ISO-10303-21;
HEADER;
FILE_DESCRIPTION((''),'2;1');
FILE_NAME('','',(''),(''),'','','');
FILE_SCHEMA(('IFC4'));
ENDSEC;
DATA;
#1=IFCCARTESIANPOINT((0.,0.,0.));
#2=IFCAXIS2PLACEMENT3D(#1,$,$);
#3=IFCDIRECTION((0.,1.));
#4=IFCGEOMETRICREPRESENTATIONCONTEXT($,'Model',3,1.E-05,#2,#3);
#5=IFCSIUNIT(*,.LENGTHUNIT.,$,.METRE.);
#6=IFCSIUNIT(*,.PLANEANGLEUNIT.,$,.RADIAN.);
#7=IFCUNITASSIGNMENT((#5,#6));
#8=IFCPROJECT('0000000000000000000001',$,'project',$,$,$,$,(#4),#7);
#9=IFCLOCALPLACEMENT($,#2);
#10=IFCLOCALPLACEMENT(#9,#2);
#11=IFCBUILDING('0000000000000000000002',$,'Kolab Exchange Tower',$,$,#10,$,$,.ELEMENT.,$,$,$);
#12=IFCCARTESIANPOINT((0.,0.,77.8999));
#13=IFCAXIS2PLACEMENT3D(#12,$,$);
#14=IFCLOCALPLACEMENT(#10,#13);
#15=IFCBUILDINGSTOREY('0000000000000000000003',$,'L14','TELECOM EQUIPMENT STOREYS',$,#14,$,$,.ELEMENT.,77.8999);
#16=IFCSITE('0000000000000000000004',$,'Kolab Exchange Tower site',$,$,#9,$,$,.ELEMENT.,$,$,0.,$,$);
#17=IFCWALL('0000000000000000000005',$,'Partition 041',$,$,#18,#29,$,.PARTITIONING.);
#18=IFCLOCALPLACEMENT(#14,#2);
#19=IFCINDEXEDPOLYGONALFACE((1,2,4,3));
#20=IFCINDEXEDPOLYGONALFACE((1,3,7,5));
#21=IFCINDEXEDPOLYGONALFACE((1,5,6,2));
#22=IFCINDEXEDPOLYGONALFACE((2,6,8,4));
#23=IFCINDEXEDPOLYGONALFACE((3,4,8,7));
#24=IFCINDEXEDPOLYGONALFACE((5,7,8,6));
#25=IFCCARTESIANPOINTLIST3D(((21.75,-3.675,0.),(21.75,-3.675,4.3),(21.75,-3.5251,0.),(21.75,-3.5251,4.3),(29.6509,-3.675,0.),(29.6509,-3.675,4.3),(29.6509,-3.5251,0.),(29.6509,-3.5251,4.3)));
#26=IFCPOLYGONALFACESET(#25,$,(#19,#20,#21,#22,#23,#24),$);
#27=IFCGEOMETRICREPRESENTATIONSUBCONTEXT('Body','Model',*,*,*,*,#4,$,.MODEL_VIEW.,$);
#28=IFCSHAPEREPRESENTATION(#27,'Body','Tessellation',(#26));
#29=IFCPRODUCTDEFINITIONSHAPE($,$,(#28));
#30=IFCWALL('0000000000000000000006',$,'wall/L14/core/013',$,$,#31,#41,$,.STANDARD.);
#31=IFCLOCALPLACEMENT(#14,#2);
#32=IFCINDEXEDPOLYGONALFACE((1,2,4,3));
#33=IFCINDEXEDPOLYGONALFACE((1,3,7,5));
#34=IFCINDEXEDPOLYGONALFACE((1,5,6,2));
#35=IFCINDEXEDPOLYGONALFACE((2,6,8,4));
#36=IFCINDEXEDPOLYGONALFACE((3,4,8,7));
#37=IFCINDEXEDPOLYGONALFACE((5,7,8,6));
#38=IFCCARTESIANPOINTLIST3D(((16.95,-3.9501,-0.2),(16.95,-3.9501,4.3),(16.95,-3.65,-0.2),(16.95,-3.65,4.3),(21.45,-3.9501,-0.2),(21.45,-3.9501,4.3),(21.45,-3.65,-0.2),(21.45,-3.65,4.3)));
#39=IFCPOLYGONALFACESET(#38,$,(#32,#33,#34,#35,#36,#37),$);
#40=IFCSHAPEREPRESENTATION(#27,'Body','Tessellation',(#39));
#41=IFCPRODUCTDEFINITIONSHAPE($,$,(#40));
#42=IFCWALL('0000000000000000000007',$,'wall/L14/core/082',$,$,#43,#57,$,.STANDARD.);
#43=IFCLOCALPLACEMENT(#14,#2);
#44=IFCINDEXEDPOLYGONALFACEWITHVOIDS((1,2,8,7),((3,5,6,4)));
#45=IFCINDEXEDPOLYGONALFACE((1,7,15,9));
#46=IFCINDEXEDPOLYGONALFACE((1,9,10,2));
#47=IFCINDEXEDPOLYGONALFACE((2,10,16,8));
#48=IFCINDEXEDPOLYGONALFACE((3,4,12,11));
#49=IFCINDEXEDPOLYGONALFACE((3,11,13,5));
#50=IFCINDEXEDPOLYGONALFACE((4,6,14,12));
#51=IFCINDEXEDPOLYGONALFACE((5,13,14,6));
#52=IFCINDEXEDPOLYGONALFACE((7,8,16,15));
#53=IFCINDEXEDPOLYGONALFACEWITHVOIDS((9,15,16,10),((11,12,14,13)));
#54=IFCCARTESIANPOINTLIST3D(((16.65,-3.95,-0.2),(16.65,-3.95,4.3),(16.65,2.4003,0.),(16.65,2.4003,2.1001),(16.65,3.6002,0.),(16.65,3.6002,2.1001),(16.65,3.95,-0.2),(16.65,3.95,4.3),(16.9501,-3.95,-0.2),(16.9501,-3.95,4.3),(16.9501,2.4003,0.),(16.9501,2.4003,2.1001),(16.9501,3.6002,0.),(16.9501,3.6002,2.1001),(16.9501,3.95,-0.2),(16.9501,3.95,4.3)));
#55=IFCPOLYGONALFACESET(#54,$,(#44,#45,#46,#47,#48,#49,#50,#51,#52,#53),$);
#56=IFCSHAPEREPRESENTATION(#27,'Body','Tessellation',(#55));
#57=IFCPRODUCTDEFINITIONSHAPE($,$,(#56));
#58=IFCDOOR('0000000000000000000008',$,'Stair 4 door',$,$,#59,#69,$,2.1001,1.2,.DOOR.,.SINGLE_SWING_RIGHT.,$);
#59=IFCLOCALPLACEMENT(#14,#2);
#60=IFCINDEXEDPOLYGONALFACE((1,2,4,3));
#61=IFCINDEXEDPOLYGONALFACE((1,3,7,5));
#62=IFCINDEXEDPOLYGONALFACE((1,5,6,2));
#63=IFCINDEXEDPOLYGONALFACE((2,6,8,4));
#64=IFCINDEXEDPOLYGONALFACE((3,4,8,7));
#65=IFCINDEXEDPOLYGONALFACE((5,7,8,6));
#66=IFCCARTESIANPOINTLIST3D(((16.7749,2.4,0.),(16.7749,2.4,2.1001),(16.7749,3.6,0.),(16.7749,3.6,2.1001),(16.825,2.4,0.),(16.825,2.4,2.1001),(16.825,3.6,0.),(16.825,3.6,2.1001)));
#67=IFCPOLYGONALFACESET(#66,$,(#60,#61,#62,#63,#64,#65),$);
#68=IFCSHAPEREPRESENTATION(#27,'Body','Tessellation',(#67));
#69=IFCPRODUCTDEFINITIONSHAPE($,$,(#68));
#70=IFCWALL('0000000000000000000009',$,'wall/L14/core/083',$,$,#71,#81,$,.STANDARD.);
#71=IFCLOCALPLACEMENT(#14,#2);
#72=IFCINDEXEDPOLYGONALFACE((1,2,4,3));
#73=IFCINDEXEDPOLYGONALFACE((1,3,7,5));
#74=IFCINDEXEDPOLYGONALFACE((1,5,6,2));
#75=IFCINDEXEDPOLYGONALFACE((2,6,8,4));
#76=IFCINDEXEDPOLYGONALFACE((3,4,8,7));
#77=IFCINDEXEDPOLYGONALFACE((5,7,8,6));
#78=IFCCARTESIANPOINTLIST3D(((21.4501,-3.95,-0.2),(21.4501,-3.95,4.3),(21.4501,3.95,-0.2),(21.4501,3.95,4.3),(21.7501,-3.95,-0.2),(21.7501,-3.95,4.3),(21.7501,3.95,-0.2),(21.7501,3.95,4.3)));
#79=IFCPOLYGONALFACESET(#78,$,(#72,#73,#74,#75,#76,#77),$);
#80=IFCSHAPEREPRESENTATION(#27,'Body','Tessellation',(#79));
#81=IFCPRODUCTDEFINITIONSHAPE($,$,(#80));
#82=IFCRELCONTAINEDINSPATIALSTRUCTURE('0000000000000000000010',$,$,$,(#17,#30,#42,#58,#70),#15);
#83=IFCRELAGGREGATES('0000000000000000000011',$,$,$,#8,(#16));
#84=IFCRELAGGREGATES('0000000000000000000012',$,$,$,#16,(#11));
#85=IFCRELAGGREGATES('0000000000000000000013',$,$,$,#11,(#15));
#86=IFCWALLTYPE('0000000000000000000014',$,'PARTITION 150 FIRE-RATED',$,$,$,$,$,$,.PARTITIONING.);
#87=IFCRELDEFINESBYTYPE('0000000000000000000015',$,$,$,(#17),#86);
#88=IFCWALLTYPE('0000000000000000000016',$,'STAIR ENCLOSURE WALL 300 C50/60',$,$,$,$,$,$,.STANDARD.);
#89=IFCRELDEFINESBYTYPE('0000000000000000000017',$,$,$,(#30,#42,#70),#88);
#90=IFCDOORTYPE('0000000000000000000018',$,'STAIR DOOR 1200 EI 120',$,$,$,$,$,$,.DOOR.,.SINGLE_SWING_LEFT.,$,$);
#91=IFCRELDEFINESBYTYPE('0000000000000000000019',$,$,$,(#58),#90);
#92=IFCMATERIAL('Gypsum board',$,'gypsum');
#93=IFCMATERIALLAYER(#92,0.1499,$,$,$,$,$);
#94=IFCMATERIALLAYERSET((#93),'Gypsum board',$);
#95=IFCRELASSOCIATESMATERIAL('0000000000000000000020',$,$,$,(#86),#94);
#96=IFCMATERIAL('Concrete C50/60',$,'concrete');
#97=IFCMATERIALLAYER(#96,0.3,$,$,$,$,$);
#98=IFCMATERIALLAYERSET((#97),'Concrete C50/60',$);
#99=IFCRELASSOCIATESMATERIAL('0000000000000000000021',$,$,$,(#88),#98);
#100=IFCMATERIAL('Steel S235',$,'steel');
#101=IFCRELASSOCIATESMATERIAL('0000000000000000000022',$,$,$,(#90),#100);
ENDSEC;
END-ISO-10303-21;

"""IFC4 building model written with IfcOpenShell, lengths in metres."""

from ifc_helpers import new_model, si_unit, direction, frame, frame_2d, origin, place, context, subcontext, project, spatial, rectangle, extrude, material, layer, layer_set, type_object, element, fill, save


model = new_model("IFC4")

# Units and contexts
model_context = context("Model", 3, precision=1e-05, world=origin(), true_north=direction((0.0, 1.0)))
body_context = subcontext(model_context, "Body", "Model", "MODEL_VIEW")
ifc_project = project(units=[si_unit("LENGTHUNIT", "METRE"), si_unit("PLANEANGLEUNIT", "RADIAN")], contexts=[model_context])

# Site, building, storey
site_placement = place(None, origin())
site = spatial("IfcSite", under=ifc_project, at=site_placement, Name="Kolab Exchange Tower site", CompositionType="ELEMENT", RefElevation=0.0)
building_placement = place(site_placement, origin())
building = spatial("IfcBuilding", under=site, at=building_placement, Name="Kolab Exchange Tower", CompositionType="ELEMENT")
storey_placement = place(building_placement, frame((0.0, 0.0, 77.8999)))
storey = spatial("IfcBuildingStorey", under=building, at=storey_placement, Name="L14", Description="TELECOM EQUIPMENT STOREYS", CompositionType="ELEMENT", Elevation=77.8999)

# Shared definitions
ifc_material_1 = material(Name="Gypsum board", Category="gypsum")

# Shared definitions
ifc_layer_1 = layer(ifc_material_1, 0.1499)
ifc_layer_set_1 = layer_set([ifc_layer_1], Name="Gypsum board")
wall_type_1 = type_object("IfcWallType", Name="PARTITION 150 FIRE-RATED", PredefinedType="PARTITIONING", material=ifc_layer_set_1)
ifc_material_2 = material(Name="Steel S235", Category="steel")

# Walls
wall_1_placement = place(storey_placement, frame((21.75, -3.6001, 0.0), z_axis=(0.0, 0.0, 1.0), x_axis=(1.0, 0.0, 0.0)))
element("IfcWall", 1, at=wall_1_placement, inside=storey, type_object=wall_type_1, Name="Partition 041", PredefinedType="PARTITIONING", context=body_context, shape_type="SweptSolid", body=[
    extrude(rectangle(XDim=7.9009, YDim=0.1499, at=frame_2d((3.9504, 0.0))), origin(), (0.0, 0.0, 1.0), 4.3),
])
ifc_material_3 = material(Name="Concrete C50/60", Category="concrete")
ifc_layer_2 = layer(ifc_material_3, 0.3)
ifc_layer_set_2 = layer_set([ifc_layer_2], Name="Concrete C50/60")
wall_type_2 = type_object("IfcWallType", Name="STAIR ENCLOSURE WALL 300 C50/60", PredefinedType="STANDARD", material=ifc_layer_set_2)
wall_2_placement = place(storey_placement, frame((16.95, -3.8, -0.2), z_axis=(0.0, 0.0, 1.0), x_axis=(1.0, 0.0, 0.0)))
element("IfcWall", 2, at=wall_2_placement, inside=storey, type_object=wall_type_2, Name="wall/L14/core/013", PredefinedType="STANDARD", context=body_context, shape_type="SweptSolid", body=[
    extrude(rectangle(XDim=4.5, YDim=0.3, at=frame_2d((2.25, 0.0))), origin(), (0.0, 0.0, 1.0), 4.5),
])

# Wall, opening, door
wall_3_placement = place(storey_placement, frame((16.8, -3.95, -0.2), z_axis=(0.0, 0.0, 1.0), x_axis=(0.0, 1.0, 0.0)))
wall_3 = element("IfcWall", 3, at=wall_3_placement, inside=storey, type_object=wall_type_2, Name="wall/L14/core/082", PredefinedType="STANDARD", context=body_context, shape_type="SweptSolid", body=[
    extrude(rectangle(XDim=7.8999, YDim=0.3, at=frame_2d((3.95, 0.0))), origin(), (0.0, 0.0, 1.0), 4.5),
])
opening_1_placement = place(wall_3_placement, frame((6.3501, 0.0, 0.2)))
opening_1 = element("IfcOpeningElement", 4, at=opening_1_placement, cuts=wall_3, PredefinedType="OPENING", context=body_context, shape_type="SweptSolid", body=[
    extrude(rectangle(XDim=1.2, YDim=2.1001, at=frame_2d((0.6001, 1.05))), frame((0.0, 0.1602, 0.0), z_axis=(0.0, -1.0, 0.0), x_axis=(1.0, 0.0, 0.0)), (0.0, 0.0, 1.0), 0.3201),
])
door_type_1 = type_object("IfcDoorType", Name="STAIR DOOR 1200 EI 120", OperationType="SINGLE_SWING_LEFT", PredefinedType="DOOR", material=ifc_material_2)
door_1_placement = place(opening_1_placement, frame((1.2, 0.0, 0.0), z_axis=(0.0, 0.0, 1.0), x_axis=(-1.0, 0.0, 0.0)))
door_1 = element("IfcDoor", 5, at=door_1_placement, inside=storey, type_object=door_type_1, Name="Stair 4 door", OperationType="SINGLE_SWING_RIGHT", OverallHeight=2.1001, OverallWidth=1.2, PredefinedType="DOOR", context=body_context, shape_type="SweptSolid", body=[
    extrude(rectangle(XDim=1.2, YDim=2.1001, at=frame_2d((0.6001, 1.05))), frame((0.0, 0.0249, 0.0), z_axis=(0.0, -1.0, 0.0), x_axis=(1.0, 0.0, 0.0)), (0.0, 0.0, 1.0), 0.05),
])
fill(opening_1, door_1)

# Wall
wall_4_placement = place(storey_placement, frame((21.6001, -3.95, -0.2), z_axis=(0.0, 0.0, 1.0), x_axis=(0.0, 1.0, 0.0)))
element("IfcWall", 6, at=wall_4_placement, inside=storey, type_object=wall_type_2, Name="wall/L14/core/083", PredefinedType="STANDARD", context=body_context, shape_type="SweptSolid", body=[
    extrude(rectangle(XDim=7.8999, YDim=0.3, at=frame_2d((3.95, 0.0))), origin(), (0.0, 0.0, 1.0), 4.5),
])

save(model, "model.ifc")
